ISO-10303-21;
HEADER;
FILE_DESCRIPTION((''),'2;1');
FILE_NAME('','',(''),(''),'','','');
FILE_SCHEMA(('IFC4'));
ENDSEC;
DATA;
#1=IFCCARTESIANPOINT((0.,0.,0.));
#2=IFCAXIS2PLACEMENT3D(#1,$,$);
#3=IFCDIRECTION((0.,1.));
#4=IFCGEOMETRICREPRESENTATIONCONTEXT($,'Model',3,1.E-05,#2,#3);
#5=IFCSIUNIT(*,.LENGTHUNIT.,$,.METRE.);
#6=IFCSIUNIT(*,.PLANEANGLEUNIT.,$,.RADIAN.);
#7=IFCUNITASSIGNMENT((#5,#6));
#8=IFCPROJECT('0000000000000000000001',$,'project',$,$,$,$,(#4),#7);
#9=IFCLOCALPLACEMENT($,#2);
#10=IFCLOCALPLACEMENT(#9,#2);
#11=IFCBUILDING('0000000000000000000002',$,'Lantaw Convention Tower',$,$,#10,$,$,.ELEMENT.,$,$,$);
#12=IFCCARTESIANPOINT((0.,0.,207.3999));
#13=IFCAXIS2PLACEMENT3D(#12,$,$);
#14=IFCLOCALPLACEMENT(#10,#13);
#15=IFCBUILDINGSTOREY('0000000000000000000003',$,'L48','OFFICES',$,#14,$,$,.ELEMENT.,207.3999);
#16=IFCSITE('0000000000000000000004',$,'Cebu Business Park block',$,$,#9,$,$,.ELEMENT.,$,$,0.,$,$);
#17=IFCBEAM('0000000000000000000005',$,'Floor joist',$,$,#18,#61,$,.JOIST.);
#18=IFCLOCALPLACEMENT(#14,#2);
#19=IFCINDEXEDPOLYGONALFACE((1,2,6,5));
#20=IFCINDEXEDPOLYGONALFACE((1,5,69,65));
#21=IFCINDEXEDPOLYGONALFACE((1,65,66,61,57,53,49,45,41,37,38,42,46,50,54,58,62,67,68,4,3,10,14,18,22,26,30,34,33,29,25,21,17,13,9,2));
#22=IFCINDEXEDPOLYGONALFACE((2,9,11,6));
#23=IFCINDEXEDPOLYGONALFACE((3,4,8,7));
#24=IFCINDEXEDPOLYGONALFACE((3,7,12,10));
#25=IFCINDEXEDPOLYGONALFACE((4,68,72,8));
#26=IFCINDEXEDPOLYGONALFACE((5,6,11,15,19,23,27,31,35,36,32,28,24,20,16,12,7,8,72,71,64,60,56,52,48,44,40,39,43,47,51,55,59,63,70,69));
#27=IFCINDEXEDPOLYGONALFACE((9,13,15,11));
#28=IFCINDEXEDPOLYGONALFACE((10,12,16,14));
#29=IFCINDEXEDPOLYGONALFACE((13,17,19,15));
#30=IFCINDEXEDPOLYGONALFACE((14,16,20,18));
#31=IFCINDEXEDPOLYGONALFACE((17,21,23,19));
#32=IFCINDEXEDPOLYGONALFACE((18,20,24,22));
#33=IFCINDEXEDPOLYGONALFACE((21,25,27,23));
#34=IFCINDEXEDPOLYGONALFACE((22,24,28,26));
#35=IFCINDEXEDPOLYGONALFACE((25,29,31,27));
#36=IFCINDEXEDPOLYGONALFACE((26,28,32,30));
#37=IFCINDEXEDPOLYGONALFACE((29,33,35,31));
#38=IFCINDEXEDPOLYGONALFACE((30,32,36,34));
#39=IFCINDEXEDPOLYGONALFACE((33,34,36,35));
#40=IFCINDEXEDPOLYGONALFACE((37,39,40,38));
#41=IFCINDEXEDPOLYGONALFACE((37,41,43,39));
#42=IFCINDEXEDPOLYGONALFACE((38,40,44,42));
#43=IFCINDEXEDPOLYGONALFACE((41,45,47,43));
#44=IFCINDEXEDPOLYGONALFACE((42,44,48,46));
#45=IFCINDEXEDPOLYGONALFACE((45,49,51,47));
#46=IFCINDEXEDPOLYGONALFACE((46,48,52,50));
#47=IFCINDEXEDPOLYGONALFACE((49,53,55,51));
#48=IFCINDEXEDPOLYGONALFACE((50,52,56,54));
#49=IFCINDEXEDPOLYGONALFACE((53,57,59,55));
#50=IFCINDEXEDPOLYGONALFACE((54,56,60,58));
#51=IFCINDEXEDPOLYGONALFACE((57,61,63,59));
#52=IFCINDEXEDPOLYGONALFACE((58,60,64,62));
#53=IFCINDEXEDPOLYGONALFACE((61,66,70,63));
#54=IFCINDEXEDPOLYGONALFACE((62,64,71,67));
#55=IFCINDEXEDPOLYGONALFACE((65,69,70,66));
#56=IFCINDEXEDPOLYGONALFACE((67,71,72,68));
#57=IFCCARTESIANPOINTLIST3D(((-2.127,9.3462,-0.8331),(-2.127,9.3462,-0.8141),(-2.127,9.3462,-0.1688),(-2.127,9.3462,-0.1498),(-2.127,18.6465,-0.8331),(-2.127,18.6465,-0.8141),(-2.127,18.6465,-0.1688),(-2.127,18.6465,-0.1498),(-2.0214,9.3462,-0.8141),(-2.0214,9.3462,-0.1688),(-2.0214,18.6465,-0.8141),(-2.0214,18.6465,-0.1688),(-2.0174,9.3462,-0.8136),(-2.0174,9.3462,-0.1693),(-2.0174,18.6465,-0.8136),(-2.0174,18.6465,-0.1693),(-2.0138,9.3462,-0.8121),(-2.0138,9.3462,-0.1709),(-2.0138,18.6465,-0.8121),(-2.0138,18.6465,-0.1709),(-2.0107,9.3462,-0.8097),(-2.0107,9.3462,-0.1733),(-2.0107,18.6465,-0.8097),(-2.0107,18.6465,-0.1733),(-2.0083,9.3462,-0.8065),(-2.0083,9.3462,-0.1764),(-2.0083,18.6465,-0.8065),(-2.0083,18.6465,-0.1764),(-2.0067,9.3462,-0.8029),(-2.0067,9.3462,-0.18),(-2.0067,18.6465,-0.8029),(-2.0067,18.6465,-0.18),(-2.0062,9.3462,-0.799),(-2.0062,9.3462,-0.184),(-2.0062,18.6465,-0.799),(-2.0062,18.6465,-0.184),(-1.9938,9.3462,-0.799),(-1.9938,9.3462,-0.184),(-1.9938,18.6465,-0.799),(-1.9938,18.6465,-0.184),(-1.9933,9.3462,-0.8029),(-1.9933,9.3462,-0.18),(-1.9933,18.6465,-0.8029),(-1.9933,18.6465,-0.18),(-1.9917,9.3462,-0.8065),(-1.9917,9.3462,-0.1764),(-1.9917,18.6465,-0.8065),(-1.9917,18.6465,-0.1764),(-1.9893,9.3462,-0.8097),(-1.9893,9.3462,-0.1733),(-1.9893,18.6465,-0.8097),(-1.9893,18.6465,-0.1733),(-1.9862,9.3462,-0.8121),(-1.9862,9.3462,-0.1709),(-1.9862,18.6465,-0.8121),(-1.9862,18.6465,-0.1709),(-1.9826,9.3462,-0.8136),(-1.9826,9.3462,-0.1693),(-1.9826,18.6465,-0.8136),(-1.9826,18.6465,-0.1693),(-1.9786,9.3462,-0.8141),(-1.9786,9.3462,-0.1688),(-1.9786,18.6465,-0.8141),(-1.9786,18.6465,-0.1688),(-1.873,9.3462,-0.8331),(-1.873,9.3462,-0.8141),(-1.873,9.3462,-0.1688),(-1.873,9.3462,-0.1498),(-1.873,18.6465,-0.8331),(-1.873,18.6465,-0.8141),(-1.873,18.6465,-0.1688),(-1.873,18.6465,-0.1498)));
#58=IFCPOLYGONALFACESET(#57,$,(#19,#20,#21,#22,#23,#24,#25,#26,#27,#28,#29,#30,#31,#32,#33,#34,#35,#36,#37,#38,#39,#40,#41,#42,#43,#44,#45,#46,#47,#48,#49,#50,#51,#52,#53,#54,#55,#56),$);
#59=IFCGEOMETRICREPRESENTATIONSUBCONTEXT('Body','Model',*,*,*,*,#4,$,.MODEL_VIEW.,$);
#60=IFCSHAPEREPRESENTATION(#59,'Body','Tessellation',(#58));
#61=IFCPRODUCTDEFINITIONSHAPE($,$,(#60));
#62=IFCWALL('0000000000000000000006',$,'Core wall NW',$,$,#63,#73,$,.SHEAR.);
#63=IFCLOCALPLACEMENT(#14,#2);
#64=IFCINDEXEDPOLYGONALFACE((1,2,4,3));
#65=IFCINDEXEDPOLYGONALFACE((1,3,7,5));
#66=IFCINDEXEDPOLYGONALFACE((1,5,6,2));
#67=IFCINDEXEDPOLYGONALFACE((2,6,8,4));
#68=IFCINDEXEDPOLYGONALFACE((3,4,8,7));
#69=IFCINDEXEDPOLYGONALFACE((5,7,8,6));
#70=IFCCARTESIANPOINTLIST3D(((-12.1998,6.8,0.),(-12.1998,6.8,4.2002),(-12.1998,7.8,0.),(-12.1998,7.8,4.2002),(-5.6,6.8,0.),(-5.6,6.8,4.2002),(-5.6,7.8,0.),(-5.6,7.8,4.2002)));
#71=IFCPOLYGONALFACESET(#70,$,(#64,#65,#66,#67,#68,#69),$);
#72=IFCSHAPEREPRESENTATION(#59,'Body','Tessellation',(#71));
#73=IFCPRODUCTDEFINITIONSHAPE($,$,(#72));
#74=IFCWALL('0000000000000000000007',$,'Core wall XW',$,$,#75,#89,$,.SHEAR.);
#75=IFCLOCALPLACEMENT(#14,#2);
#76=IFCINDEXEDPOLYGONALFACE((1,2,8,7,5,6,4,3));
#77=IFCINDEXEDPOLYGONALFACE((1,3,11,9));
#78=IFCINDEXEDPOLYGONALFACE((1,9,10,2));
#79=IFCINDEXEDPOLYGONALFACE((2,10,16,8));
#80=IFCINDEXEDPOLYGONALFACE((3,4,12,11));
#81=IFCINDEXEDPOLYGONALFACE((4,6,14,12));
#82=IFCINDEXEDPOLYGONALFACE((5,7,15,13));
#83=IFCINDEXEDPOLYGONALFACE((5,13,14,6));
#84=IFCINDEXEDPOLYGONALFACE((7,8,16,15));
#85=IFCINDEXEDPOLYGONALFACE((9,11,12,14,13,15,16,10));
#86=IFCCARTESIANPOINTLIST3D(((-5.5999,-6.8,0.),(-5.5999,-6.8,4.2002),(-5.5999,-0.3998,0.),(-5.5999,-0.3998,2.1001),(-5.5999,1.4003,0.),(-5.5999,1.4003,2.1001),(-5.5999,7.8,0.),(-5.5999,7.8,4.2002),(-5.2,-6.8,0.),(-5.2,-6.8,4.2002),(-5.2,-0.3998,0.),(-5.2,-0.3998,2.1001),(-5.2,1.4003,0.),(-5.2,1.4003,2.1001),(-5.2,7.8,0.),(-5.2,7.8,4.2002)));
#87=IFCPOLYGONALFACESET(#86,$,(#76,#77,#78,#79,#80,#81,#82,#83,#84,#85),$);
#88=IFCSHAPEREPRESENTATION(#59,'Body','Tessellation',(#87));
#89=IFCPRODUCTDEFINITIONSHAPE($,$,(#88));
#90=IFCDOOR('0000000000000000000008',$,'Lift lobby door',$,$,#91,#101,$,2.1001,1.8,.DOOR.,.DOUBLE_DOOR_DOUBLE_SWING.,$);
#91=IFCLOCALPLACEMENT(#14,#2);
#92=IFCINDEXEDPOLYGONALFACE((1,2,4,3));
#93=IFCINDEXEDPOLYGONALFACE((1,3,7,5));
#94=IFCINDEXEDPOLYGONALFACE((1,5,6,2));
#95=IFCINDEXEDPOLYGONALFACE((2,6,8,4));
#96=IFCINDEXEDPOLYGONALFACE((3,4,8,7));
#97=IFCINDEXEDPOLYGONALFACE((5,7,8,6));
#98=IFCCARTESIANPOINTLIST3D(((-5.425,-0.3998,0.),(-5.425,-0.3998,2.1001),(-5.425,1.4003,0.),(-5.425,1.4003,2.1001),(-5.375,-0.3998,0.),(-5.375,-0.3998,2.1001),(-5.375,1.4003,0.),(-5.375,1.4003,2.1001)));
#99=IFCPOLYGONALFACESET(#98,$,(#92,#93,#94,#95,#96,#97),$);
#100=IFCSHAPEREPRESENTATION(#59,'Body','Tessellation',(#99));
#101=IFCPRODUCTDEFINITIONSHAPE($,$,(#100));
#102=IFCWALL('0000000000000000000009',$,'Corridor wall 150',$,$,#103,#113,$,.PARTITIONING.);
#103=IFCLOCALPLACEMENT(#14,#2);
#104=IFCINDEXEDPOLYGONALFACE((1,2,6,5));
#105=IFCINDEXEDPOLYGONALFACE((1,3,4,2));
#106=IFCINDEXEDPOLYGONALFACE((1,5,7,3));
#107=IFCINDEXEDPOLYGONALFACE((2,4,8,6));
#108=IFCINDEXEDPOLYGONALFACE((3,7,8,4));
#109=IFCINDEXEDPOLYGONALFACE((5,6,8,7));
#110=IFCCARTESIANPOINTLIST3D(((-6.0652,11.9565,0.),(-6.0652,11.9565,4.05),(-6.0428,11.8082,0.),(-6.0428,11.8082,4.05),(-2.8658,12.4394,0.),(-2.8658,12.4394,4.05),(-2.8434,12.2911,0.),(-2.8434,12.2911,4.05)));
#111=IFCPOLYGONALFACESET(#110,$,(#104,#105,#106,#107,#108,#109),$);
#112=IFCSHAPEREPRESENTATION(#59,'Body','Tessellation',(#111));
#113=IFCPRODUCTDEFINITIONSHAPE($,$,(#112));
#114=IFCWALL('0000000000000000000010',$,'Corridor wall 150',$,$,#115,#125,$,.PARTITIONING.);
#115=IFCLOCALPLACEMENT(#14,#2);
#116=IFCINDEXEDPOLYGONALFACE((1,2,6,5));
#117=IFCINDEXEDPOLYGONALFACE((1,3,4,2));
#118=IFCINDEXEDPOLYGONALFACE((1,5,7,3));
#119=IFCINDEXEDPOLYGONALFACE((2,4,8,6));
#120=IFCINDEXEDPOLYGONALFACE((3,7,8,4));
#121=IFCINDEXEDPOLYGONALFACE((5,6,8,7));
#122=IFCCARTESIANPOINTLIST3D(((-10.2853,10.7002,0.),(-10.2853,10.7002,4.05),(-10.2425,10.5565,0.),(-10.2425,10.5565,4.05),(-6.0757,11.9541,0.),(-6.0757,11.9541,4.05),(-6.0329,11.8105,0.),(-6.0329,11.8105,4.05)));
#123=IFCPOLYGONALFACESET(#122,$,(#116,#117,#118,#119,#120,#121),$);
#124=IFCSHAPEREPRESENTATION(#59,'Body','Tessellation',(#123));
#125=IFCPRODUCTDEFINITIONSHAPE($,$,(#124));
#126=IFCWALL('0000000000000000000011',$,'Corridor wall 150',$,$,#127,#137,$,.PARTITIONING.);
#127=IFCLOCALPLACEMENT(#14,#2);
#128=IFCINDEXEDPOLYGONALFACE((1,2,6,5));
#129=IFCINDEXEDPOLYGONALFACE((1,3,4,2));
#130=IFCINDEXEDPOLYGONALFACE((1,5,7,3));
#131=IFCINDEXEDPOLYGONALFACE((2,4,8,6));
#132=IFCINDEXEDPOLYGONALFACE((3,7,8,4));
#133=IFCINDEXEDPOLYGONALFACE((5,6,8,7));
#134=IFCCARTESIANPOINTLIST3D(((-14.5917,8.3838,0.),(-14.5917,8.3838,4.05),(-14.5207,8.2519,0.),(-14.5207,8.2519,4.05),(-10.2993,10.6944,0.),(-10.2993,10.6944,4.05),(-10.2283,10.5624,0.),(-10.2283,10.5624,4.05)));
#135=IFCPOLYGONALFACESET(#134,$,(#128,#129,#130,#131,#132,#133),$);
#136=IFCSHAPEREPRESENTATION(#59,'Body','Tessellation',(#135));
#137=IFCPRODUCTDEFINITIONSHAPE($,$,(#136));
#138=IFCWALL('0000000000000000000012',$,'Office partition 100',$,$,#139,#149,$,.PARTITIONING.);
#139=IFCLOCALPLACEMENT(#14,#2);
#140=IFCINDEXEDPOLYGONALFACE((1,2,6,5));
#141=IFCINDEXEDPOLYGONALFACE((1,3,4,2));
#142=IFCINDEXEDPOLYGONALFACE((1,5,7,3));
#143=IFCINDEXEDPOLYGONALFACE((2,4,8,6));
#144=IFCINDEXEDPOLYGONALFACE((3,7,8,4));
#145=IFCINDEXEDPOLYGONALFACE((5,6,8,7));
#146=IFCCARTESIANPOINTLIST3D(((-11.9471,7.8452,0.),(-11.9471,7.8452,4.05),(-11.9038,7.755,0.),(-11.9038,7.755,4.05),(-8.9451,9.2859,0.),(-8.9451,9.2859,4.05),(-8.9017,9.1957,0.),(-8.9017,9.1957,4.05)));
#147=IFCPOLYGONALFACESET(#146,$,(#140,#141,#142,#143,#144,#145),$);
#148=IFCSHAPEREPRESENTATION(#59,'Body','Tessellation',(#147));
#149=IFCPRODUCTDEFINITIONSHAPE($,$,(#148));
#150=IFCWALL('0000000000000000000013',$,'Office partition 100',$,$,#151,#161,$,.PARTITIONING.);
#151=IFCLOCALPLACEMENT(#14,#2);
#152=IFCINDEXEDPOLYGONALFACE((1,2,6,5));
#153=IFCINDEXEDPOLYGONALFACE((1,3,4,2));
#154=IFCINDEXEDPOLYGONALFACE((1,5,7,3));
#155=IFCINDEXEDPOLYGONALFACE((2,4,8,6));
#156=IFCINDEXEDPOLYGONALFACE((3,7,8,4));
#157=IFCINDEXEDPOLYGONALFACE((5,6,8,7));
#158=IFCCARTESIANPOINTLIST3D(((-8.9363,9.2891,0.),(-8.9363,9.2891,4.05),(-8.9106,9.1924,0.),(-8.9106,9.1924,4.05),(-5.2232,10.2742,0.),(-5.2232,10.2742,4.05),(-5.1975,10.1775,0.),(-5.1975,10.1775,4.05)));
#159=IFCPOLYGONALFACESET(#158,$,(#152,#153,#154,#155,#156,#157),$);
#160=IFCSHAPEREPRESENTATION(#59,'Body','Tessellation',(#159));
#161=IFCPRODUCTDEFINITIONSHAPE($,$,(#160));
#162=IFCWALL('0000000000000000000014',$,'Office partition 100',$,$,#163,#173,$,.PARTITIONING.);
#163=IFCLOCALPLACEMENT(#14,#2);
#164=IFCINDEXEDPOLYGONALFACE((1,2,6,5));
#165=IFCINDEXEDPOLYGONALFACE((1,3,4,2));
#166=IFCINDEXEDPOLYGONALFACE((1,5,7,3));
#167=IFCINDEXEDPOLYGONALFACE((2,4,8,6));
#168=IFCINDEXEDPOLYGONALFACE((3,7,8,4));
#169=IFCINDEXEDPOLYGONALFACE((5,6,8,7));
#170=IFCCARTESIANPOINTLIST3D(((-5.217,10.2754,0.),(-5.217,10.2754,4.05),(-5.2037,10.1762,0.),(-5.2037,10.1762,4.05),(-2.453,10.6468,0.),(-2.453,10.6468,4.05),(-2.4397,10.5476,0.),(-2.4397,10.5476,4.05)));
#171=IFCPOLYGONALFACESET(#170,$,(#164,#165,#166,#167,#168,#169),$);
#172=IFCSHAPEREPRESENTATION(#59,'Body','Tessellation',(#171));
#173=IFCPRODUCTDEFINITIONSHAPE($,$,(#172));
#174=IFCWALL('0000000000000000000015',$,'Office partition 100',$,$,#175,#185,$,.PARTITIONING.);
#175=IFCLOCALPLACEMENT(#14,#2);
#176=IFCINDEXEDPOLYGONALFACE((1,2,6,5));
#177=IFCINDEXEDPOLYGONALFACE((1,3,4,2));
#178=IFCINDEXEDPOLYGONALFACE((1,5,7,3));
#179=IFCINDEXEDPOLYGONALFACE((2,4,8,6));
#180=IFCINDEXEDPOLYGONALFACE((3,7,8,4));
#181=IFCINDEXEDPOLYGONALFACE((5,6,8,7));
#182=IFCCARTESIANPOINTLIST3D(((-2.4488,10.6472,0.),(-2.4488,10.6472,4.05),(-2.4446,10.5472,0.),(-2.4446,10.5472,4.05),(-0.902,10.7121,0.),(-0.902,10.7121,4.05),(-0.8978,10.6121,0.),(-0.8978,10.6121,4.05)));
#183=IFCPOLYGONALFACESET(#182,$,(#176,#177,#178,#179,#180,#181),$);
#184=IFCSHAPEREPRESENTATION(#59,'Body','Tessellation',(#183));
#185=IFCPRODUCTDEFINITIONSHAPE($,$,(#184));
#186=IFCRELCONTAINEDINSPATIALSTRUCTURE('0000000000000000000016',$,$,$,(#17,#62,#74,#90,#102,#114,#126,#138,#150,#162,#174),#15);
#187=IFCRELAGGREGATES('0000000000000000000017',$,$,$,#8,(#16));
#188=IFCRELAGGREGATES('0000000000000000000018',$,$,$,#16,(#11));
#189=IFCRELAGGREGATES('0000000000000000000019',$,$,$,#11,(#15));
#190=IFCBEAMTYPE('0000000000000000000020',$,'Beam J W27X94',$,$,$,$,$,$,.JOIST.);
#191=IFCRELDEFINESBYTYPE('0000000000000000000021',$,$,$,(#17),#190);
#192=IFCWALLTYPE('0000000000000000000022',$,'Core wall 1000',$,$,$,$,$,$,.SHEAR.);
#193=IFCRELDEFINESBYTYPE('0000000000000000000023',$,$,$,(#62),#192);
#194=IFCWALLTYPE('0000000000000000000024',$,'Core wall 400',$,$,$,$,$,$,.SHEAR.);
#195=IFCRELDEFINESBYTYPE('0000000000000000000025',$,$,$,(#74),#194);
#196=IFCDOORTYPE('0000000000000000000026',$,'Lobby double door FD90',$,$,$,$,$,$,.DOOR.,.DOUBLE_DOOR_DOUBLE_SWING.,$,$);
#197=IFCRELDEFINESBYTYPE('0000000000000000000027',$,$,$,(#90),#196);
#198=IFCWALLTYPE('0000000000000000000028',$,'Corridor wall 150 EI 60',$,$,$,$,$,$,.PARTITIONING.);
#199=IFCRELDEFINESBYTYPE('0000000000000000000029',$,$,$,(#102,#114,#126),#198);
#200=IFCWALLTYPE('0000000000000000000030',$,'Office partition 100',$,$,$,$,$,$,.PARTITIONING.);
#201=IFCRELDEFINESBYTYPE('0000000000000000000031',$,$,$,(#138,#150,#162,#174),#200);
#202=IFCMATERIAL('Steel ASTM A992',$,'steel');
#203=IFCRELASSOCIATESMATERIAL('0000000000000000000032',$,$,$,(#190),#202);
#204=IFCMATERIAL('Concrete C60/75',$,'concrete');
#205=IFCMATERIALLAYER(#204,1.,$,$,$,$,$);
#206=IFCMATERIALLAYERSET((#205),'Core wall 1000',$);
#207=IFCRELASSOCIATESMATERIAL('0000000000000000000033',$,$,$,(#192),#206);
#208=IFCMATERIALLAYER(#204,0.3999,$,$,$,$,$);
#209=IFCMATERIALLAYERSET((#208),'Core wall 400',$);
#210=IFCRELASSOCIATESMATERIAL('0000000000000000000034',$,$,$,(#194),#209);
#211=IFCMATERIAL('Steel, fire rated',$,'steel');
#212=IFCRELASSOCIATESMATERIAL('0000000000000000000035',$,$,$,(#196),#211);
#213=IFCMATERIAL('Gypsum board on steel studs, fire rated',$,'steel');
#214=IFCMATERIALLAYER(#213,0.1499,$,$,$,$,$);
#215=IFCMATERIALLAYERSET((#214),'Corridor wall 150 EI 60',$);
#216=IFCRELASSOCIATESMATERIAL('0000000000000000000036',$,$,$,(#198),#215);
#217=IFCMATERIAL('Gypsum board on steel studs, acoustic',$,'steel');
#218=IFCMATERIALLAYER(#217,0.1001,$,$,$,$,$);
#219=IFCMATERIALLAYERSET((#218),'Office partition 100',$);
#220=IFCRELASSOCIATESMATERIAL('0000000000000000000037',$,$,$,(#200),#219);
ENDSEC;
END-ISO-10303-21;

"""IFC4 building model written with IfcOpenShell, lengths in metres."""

from ifc_helpers import new_model, si_unit, direction, frame, frame_2d, origin, origin_2d, place, context, subcontext, project, spatial, rectangle, i_section, extrude, material, layer, layer_set, material_profile, profile_set, type_object, element, fill, save


model = new_model("IFC4")

# Units and contexts
model_context = context("Model", 3, precision=1e-05, world=origin(), true_north=direction((0.0, 1.0)))
body_context = subcontext(model_context, "Body", "Model", "MODEL_VIEW")
ifc_project = project(units=[si_unit("LENGTHUNIT", "METRE"), si_unit("PLANEANGLEUNIT", "RADIAN")], contexts=[model_context])

# Site, building, storey
site_placement = place(None, origin())
site = spatial("IfcSite", under=ifc_project, at=site_placement, Name="Cebu Business Park block", CompositionType="ELEMENT", RefElevation=0.0)
building_placement = place(site_placement, origin())
building = spatial("IfcBuilding", under=site, at=building_placement, Name="Lantaw Convention Tower", CompositionType="ELEMENT")
storey_placement = place(building_placement, frame((0.0, 0.0, 207.3999)))
storey = spatial("IfcBuildingStorey", under=building, at=storey_placement, Name="L48", Description="OFFICES", CompositionType="ELEMENT", Elevation=207.3999)

# Shared definitions
ifc_material_1 = material(Name="Concrete C60/75", Category="concrete")

# Beam
ifc_material_2 = material(Name="Steel ASTM A992", Category="steel")
ifc_material_profile_1 = material_profile(ifc_material_2, i_section(OverallWidth=0.2539, OverallDepth=0.6833, WebThickness=0.0125, FlangeThickness=0.019, FilletRadius=0.0151, at=origin_2d()), Name="W27X94")
ifc_profile_set_1 = profile_set([ifc_material_profile_1], Name="Steel ASTM A992")
beam_type_1 = type_object("IfcBeamType", Name="Beam J W27X94", PredefinedType="JOIST", material=ifc_profile_set_1)
beam_1_placement = place(storey_placement, frame((-2.0, 9.3462, -0.4915), z_axis=(0.0, 1.0, 0.0), x_axis=(-1.0, 0.0, 0.0)))
element("IfcBeam", 1, at=beam_1_placement, inside=storey, type_object=beam_type_1, Name="Floor joist", PredefinedType="JOIST", context=body_context, shape_type="SweptSolid", body=[
    extrude(i_section(OverallWidth=0.2539, OverallDepth=0.6833, WebThickness=0.0125, FlangeThickness=0.019, FilletRadius=0.0151, at=origin_2d()), origin(), (0.0, 0.0, 1.0), 9.3003),
])

# Wall
ifc_layer_1 = layer(ifc_material_1, 1.0)
ifc_layer_set_1 = layer_set([ifc_layer_1], Name="Core wall 1000")
wall_type_1 = type_object("IfcWallType", Name="Core wall 1000", PredefinedType="SHEAR", material=ifc_layer_set_1)
wall_1_placement = place(storey_placement, frame((-5.6001, 7.3, 0.0), z_axis=(0.0, 0.0, 1.0), x_axis=(-1.0, 0.0, 0.0)))
element("IfcWall", 2, at=wall_1_placement, inside=storey, type_object=wall_type_1, Name="Core wall NW", PredefinedType="SHEAR", context=body_context, shape_type="SweptSolid", body=[
    extrude(rectangle(XDim=6.5999, YDim=1.0, at=frame_2d((3.2998, 0.0))), origin(), (0.0, 0.0, 1.0), 4.2002),
])

# Wall, opening, door
ifc_layer_2 = layer(ifc_material_1, 0.3999)
ifc_layer_set_2 = layer_set([ifc_layer_2], Name="Core wall 400")
wall_type_2 = type_object("IfcWallType", Name="Core wall 400", PredefinedType="SHEAR", material=ifc_layer_set_2)
wall_2_placement = place(storey_placement, frame((-5.3999, 7.8, 0.0), z_axis=(0.0, 0.0, 1.0), x_axis=(0.0, -1.0, 0.0)))
wall_2 = element("IfcWall", 3, at=wall_2_placement, inside=storey, type_object=wall_type_2, Name="Core wall XW", PredefinedType="SHEAR", context=body_context, shape_type="SweptSolid", body=[
    extrude(rectangle(XDim=14.6001, YDim=0.3999, at=frame_2d((7.3, 0.0))), origin(), (0.0, 0.0, 1.0), 4.2002),
])
opening_1_placement = place(wall_2_placement, frame((6.3999, 0.0, 0.0)))
opening_1 = element("IfcOpeningElement", 4, at=opening_1_placement, cuts=wall_2, PredefinedType="OPENING", context=body_context, shape_type="SweptSolid", body=[
    extrude(rectangle(XDim=1.8, YDim=2.1001, at=frame_2d((0.8999, 1.05))), frame((0.0, 0.21, 0.0), z_axis=(0.0, -1.0, 0.0), x_axis=(1.0, 0.0, 0.0)), (0.0, 0.0, 1.0), 0.4199),
])
ifc_material_3 = material(Name="Steel, fire rated", Category="steel")
door_type_1 = type_object("IfcDoorType", Name="Lobby double door FD90", OperationType="DOUBLE_DOOR_DOUBLE_SWING", PredefinedType="DOOR", material=ifc_material_3)
door_1_placement = place(opening_1_placement, origin())
door_1 = element("IfcDoor", 5, at=door_1_placement, inside=storey, type_object=door_type_1, Name="Lift lobby door", OperationType="DOUBLE_DOOR_DOUBLE_SWING", OverallHeight=2.1001, OverallWidth=1.8, PredefinedType="DOOR", context=body_context, shape_type="SweptSolid", body=[
    extrude(rectangle(XDim=1.8, YDim=2.1001, at=frame_2d((0.8999, 1.05))), frame((0.0, 0.0249, 0.0), z_axis=(0.0, -1.0, 0.0), x_axis=(1.0, 0.0, 0.0)), (0.0, 0.0, 1.0), 0.05),
])
fill(opening_1, door_1)

# Walls
ifc_material_4 = material(Name="Gypsum board on steel studs, fire rated", Category="steel")
ifc_layer_3 = layer(ifc_material_4, 0.1499)
ifc_layer_set_3 = layer_set([ifc_layer_3], Name="Corridor wall 150 EI 60")
wall_type_3 = type_object("IfcWallType", Name="Corridor wall 150 EI 60", PredefinedType="PARTITIONING", material=ifc_layer_set_3)
wall_3_placement = place(storey_placement, frame((-2.8547, 12.3652, 0.0), z_axis=(0.0, 0.0, 1.0), x_axis=(-0.9888, -0.149244, 0.0)))
element("IfcWall", 6, at=wall_3_placement, inside=storey, type_object=wall_type_3, Name="Corridor wall 150", PredefinedType="PARTITIONING", context=body_context, shape_type="SweptSolid", body=[
    extrude(rectangle(XDim=3.2356, YDim=0.1499, at=frame_2d((1.6177, 0.0))), origin(), (0.0, 0.0, 1.0), 4.05),
])
wall_4_placement = place(storey_placement, frame((-6.0542, 11.8823, 0.0), z_axis=(0.0, 0.0, 1.0), x_axis=(-0.958384, -0.285481, 0.0)))
element("IfcWall", 7, at=wall_4_placement, inside=storey, type_object=wall_type_3, Name="Corridor wall 150", PredefinedType="PARTITIONING", context=body_context, shape_type="SweptSolid", body=[
    extrude(rectangle(XDim=4.3923, YDim=0.1499, at=frame_2d((2.1963, 0.0))), origin(), (0.0, 0.0, 1.0), 4.05),
])
wall_5_placement = place(storey_placement, frame((-10.2637, 10.6284, 0.0), z_axis=(0.0, 0.0, 1.0), x_axis=(-0.880539, -0.473974, 0.0)))
element("IfcWall", 8, at=wall_5_placement, inside=storey, type_object=wall_type_3, Name="Corridor wall 150", PredefinedType="PARTITIONING", context=body_context, shape_type="SweptSolid", body=[
    extrude(rectangle(XDim=4.8748, YDim=0.1499, at=frame_2d((2.4375, 0.0))), origin(), (0.0, 0.0, 1.0), 4.05),
])
ifc_material_5 = material(Name="Gypsum board on steel studs, acoustic", Category="steel")
ifc_layer_4 = layer(ifc_material_5, 0.1001)
ifc_layer_set_4 = layer_set([ifc_layer_4], Name="Office partition 100")
wall_type_4 = type_object("IfcWallType", Name="Office partition 100", PredefinedType="PARTITIONING", material=ifc_layer_set_4)
wall_6_placement = place(storey_placement, frame((-11.9255, 7.8, 0.0), z_axis=(0.0, 0.0, 1.0), x_axis=(0.901554, 0.432667, 0.0)))
element("IfcWall", 9, at=wall_6_placement, inside=storey, type_object=wall_type_4, Name="Office partition 100", PredefinedType="PARTITIONING", context=body_context, shape_type="SweptSolid", body=[
    extrude(rectangle(XDim=3.3298, YDim=0.1001, at=frame_2d((1.665, 0.0))), origin(), (0.0, 0.0, 1.0), 4.05),
])
wall_7_placement = place(storey_placement, frame((-8.9236, 9.2407, 0.0), z_axis=(0.0, 0.0, 1.0), x_axis=(0.966562, 0.256432, 0.0)))
element("IfcWall", 10, at=wall_7_placement, inside=storey, type_object=wall_type_4, Name="Office partition 100", PredefinedType="PARTITIONING", context=body_context, shape_type="SweptSolid", body=[
    extrude(rectangle(XDim=3.8416, YDim=0.1001, at=frame_2d((1.9209, 0.0))), origin(), (0.0, 0.0, 1.0), 4.05),
])
wall_8_placement = place(storey_placement, frame((-5.2104, 10.2258, 0.0), z_axis=(0.0, 0.0, 1.0), x_axis=(0.991095, 0.133156, 0.0)))
element("IfcWall", 11, at=wall_8_placement, inside=storey, type_object=wall_type_4, Name="Office partition 100", PredefinedType="PARTITIONING", context=body_context, shape_type="SweptSolid", body=[
    extrude(rectangle(XDim=2.7888, YDim=0.1001, at=frame_2d((1.3945, 0.0))), origin(), (0.0, 0.0, 1.0), 4.05),
])
wall_9_placement = place(storey_placement, frame((-2.4465, 10.5972, 0.0), z_axis=(0.0, 0.0, 1.0), x_axis=(0.99912, 0.041952, 0.0)))
element("IfcWall", 12, at=wall_9_placement, inside=storey, type_object=wall_type_4, Name="Office partition 100", PredefinedType="PARTITIONING", context=body_context, shape_type="SweptSolid", body=[
    extrude(rectangle(XDim=1.5481, YDim=0.1001, at=frame_2d((0.7739, 0.0))), origin(), (0.0, 0.0, 1.0), 4.05),
])

save(model, "model.ifc")
